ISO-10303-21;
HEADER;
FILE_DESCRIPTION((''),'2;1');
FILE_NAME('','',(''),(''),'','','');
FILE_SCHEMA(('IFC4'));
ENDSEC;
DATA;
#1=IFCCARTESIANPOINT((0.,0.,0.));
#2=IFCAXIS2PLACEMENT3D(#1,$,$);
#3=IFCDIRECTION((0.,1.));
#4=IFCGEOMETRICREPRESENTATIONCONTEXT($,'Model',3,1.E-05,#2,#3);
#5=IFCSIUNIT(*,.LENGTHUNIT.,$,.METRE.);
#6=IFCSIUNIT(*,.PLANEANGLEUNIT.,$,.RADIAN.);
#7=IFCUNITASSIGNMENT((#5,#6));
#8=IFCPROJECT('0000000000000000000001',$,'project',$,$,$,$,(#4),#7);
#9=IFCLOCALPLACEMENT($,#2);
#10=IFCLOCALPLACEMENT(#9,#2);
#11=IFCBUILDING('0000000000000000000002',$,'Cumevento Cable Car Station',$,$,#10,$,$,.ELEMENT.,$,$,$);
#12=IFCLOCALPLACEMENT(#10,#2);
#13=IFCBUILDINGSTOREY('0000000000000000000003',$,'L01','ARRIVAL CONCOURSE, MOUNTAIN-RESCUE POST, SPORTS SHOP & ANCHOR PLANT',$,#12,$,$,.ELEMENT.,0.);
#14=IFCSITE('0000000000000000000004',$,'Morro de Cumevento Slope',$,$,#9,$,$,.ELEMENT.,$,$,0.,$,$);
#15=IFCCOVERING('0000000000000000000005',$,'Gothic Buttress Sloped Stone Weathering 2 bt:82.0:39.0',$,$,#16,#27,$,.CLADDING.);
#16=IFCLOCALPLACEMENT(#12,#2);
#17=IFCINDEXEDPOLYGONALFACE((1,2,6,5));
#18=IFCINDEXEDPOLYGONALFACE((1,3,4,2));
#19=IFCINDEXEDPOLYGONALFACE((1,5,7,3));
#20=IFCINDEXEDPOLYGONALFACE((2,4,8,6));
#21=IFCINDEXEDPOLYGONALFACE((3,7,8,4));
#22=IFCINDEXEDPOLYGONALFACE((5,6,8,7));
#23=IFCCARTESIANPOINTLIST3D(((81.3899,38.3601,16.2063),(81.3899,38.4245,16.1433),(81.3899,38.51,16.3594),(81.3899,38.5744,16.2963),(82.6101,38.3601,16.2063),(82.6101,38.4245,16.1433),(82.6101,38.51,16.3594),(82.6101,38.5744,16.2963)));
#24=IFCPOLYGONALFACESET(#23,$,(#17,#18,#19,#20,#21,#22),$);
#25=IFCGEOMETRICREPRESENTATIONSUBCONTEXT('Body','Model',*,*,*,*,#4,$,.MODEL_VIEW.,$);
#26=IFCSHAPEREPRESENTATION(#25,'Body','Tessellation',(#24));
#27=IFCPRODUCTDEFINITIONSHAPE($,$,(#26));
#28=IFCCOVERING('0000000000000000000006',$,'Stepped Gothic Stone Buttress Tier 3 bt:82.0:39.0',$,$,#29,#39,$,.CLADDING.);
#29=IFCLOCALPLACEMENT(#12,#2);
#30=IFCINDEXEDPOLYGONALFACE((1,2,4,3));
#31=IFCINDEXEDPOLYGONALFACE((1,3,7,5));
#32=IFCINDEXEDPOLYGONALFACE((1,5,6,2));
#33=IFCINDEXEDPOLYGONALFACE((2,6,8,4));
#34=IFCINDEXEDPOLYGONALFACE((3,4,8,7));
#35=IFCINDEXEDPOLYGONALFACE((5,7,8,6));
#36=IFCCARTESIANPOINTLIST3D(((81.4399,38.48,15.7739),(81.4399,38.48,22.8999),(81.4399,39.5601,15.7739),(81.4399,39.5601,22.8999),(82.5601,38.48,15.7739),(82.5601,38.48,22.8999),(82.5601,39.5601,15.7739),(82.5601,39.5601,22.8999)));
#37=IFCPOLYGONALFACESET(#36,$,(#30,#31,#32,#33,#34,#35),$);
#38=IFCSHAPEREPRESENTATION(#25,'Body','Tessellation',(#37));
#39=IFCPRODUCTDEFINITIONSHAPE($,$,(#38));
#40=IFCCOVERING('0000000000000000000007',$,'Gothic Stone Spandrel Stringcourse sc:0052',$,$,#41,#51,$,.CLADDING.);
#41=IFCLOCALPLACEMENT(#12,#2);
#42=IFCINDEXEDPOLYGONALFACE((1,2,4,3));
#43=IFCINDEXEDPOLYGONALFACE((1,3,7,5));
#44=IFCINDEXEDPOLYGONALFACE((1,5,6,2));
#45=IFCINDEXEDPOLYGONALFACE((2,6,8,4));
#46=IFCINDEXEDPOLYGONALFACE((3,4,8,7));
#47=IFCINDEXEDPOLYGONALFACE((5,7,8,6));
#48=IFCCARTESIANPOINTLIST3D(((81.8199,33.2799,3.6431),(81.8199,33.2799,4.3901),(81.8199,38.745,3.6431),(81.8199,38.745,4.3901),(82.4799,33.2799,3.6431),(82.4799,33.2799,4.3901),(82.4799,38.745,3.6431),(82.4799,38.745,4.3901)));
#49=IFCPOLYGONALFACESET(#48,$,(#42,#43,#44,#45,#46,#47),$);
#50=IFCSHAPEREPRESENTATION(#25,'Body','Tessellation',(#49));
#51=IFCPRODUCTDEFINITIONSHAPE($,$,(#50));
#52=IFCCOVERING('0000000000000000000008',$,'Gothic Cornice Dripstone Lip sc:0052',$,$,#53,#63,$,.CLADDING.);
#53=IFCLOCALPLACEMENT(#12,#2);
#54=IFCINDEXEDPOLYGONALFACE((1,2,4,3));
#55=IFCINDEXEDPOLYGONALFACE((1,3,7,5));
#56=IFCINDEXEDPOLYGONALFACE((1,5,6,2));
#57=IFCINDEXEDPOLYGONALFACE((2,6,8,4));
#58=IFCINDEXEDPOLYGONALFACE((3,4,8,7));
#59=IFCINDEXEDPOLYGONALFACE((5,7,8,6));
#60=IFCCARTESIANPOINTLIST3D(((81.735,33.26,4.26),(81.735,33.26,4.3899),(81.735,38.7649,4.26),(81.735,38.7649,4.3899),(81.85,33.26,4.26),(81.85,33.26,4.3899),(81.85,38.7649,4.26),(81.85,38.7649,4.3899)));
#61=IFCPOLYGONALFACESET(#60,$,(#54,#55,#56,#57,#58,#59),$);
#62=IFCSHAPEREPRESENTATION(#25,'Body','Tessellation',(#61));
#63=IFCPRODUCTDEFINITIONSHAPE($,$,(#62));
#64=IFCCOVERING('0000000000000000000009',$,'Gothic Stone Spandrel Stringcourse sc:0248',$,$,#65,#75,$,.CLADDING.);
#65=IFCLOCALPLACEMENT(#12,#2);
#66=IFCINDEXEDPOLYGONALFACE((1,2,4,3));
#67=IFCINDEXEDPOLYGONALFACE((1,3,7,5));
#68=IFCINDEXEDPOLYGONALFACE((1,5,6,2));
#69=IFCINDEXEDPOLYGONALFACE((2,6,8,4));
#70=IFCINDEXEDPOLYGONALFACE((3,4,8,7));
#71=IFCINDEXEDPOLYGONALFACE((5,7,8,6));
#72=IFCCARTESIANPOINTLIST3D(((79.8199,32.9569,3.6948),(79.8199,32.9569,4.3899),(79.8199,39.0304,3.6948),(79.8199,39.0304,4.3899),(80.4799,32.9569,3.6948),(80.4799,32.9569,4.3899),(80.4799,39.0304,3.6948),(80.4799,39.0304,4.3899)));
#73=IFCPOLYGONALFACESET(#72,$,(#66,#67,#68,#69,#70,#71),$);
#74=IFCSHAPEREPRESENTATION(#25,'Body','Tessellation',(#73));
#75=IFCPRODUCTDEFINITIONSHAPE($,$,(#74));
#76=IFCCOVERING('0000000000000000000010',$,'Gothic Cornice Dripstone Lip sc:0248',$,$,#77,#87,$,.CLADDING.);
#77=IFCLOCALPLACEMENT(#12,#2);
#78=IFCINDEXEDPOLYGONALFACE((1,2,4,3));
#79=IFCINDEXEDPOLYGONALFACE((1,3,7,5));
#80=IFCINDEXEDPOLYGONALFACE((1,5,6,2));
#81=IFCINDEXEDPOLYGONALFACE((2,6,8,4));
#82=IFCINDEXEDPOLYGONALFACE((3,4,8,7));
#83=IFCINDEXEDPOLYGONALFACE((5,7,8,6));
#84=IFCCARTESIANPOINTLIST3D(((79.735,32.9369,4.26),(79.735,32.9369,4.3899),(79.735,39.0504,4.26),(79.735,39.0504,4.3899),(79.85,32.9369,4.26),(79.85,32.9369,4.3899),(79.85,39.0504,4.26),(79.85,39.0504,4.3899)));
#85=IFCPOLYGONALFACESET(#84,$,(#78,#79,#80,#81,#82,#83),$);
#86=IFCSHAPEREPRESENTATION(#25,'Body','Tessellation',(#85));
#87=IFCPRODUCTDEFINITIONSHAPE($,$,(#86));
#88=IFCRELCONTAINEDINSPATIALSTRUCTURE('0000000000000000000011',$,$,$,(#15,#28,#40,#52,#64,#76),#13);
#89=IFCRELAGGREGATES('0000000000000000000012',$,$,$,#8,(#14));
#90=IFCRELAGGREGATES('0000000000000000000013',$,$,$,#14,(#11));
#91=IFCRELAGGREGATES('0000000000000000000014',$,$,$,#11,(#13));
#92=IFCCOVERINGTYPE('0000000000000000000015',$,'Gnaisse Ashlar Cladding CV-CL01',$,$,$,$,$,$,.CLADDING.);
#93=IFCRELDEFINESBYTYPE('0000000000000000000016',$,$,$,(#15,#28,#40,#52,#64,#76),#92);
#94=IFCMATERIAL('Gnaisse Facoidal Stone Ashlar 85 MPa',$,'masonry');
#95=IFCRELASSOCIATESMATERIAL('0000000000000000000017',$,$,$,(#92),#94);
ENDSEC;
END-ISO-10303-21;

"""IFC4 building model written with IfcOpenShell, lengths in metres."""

from ifc_helpers import new_model, si_unit, direction, frame, origin, origin_2d, place, context, subcontext, project, spatial, polyline, rectangle, outline, extrude, material, type_object, element, save


model = new_model("IFC4")

# Units and contexts
model_context = context("Model", 3, precision=1e-05, world=origin(), true_north=direction((0.0, 1.0)))
body_context = subcontext(model_context, "Body", "Model", "MODEL_VIEW")
ifc_project = project(units=[si_unit("LENGTHUNIT", "METRE"), si_unit("PLANEANGLEUNIT", "RADIAN")], contexts=[model_context])

# Site, building, storey
site_placement = place(None, origin())
site = spatial("IfcSite", under=ifc_project, at=site_placement, Name="Morro de Cumevento Slope", CompositionType="ELEMENT", RefElevation=0.0)
building_placement = place(site_placement, origin())
building = spatial("IfcBuilding", under=site, at=building_placement, Name="Cumevento Cable Car Station", CompositionType="ELEMENT")
storey_placement = place(building_placement, origin())
storey = spatial("IfcBuildingStorey", under=building, at=storey_placement, Name="L01", Description="ARRIVAL CONCOURSE, MOUNTAIN-RESCUE POST, SPORTS SHOP & ANCHOR PLANT", CompositionType="ELEMENT", Elevation=0.0)

# Coverings
ifc_material_1 = material(Name="Gnaisse Facoidal Stone Ashlar 85 MPa", Category="masonry")
covering_type = type_object("IfcCoveringType", Name="Gnaisse Ashlar Cladding CV-CL01", PredefinedType="CLADDING", material=ifc_material_1)
covering_1_placement = place(storey_placement, frame((81.3899, 38.3601, 16.2063), z_axis=(0.0, -0.714475, 0.699661), x_axis=(1.0, 0.0, 0.0)))
element("IfcCovering", 1, at=covering_1_placement, inside=storey, type_object=covering_type, Name="Gothic Buttress Sloped Stone Weathering 2 bt:82.0:39.0", PredefinedType="CLADDING", context=body_context, shape_type="SweptSolid", body=[
    extrude(outline(polyline([(0.0, 0.0), (1.2202, 0.0), (1.2202, 0.2142), (0.0, 0.2142), (0.0, 0.0)])), origin(), (0.0, 0.0, -1.0), 0.0901),
])
covering_2_placement = place(storey_placement, frame((82.0, 39.02, 15.7739), z_axis=(0.0, 0.0, 1.0), x_axis=(1.0, 0.0, 0.0)))
element("IfcCovering", 2, at=covering_2_placement, inside=storey, type_object=covering_type, Name="Stepped Gothic Stone Buttress Tier 3 bt:82.0:39.0", PredefinedType="CLADDING", context=body_context, shape_type="SweptSolid", body=[
    extrude(rectangle(XDim=1.1201, YDim=1.0801, at=origin_2d()), origin(), (0.0, 0.0, 1.0), 7.126),
])
covering_3_placement = place(storey_placement, frame((82.1499, 36.0125, 3.6431), z_axis=(0.0, 0.0, 1.0), x_axis=(0.0, 1.0, 0.0)))
element("IfcCovering", 3, at=covering_3_placement, inside=storey, type_object=covering_type, Name="Gothic Stone Spandrel Stringcourse sc:0052", PredefinedType="CLADDING", context=body_context, shape_type="SweptSolid", body=[
    extrude(rectangle(XDim=5.4651, YDim=0.6599, at=origin_2d()), origin(), (0.0, 0.0, 1.0), 0.7471),
])
covering_4_placement = place(storey_placement, frame((81.7925, 36.0125, 4.26), z_axis=(0.0, 0.0, 1.0), x_axis=(0.0, 1.0, 0.0)))
element("IfcCovering", 4, at=covering_4_placement, inside=storey, type_object=covering_type, Name="Gothic Cornice Dripstone Lip sc:0052", PredefinedType="CLADDING", context=body_context, shape_type="SweptSolid", body=[
    extrude(rectangle(XDim=5.5049, YDim=0.115, at=origin_2d()), origin(), (0.0, 0.0, 1.0), 0.1299),
])
covering_5_placement = place(storey_placement, frame((80.1499, 35.9937, 3.6948), z_axis=(0.0, 0.0, 1.0), x_axis=(0.0, 1.0, 0.0)))
element("IfcCovering", 5, at=covering_5_placement, inside=storey, type_object=covering_type, Name="Gothic Stone Spandrel Stringcourse sc:0248", PredefinedType="CLADDING", context=body_context, shape_type="SweptSolid", body=[
    extrude(rectangle(XDim=6.0735, YDim=0.6599, at=origin_2d()), origin(), (0.0, 0.0, 1.0), 0.6951),
])
covering_6_placement = place(storey_placement, frame((79.7925, 35.9937, 4.26), z_axis=(0.0, 0.0, 1.0), x_axis=(0.0, 1.0, 0.0)))
element("IfcCovering", 6, at=covering_6_placement, inside=storey, type_object=covering_type, Name="Gothic Cornice Dripstone Lip sc:0248", PredefinedType="CLADDING", context=body_context, shape_type="SweptSolid", body=[
    extrude(rectangle(XDim=6.1135, YDim=0.115, at=origin_2d()), origin(), (0.0, 0.0, 1.0), 0.1299),
])

save(model, "model.ifc")
